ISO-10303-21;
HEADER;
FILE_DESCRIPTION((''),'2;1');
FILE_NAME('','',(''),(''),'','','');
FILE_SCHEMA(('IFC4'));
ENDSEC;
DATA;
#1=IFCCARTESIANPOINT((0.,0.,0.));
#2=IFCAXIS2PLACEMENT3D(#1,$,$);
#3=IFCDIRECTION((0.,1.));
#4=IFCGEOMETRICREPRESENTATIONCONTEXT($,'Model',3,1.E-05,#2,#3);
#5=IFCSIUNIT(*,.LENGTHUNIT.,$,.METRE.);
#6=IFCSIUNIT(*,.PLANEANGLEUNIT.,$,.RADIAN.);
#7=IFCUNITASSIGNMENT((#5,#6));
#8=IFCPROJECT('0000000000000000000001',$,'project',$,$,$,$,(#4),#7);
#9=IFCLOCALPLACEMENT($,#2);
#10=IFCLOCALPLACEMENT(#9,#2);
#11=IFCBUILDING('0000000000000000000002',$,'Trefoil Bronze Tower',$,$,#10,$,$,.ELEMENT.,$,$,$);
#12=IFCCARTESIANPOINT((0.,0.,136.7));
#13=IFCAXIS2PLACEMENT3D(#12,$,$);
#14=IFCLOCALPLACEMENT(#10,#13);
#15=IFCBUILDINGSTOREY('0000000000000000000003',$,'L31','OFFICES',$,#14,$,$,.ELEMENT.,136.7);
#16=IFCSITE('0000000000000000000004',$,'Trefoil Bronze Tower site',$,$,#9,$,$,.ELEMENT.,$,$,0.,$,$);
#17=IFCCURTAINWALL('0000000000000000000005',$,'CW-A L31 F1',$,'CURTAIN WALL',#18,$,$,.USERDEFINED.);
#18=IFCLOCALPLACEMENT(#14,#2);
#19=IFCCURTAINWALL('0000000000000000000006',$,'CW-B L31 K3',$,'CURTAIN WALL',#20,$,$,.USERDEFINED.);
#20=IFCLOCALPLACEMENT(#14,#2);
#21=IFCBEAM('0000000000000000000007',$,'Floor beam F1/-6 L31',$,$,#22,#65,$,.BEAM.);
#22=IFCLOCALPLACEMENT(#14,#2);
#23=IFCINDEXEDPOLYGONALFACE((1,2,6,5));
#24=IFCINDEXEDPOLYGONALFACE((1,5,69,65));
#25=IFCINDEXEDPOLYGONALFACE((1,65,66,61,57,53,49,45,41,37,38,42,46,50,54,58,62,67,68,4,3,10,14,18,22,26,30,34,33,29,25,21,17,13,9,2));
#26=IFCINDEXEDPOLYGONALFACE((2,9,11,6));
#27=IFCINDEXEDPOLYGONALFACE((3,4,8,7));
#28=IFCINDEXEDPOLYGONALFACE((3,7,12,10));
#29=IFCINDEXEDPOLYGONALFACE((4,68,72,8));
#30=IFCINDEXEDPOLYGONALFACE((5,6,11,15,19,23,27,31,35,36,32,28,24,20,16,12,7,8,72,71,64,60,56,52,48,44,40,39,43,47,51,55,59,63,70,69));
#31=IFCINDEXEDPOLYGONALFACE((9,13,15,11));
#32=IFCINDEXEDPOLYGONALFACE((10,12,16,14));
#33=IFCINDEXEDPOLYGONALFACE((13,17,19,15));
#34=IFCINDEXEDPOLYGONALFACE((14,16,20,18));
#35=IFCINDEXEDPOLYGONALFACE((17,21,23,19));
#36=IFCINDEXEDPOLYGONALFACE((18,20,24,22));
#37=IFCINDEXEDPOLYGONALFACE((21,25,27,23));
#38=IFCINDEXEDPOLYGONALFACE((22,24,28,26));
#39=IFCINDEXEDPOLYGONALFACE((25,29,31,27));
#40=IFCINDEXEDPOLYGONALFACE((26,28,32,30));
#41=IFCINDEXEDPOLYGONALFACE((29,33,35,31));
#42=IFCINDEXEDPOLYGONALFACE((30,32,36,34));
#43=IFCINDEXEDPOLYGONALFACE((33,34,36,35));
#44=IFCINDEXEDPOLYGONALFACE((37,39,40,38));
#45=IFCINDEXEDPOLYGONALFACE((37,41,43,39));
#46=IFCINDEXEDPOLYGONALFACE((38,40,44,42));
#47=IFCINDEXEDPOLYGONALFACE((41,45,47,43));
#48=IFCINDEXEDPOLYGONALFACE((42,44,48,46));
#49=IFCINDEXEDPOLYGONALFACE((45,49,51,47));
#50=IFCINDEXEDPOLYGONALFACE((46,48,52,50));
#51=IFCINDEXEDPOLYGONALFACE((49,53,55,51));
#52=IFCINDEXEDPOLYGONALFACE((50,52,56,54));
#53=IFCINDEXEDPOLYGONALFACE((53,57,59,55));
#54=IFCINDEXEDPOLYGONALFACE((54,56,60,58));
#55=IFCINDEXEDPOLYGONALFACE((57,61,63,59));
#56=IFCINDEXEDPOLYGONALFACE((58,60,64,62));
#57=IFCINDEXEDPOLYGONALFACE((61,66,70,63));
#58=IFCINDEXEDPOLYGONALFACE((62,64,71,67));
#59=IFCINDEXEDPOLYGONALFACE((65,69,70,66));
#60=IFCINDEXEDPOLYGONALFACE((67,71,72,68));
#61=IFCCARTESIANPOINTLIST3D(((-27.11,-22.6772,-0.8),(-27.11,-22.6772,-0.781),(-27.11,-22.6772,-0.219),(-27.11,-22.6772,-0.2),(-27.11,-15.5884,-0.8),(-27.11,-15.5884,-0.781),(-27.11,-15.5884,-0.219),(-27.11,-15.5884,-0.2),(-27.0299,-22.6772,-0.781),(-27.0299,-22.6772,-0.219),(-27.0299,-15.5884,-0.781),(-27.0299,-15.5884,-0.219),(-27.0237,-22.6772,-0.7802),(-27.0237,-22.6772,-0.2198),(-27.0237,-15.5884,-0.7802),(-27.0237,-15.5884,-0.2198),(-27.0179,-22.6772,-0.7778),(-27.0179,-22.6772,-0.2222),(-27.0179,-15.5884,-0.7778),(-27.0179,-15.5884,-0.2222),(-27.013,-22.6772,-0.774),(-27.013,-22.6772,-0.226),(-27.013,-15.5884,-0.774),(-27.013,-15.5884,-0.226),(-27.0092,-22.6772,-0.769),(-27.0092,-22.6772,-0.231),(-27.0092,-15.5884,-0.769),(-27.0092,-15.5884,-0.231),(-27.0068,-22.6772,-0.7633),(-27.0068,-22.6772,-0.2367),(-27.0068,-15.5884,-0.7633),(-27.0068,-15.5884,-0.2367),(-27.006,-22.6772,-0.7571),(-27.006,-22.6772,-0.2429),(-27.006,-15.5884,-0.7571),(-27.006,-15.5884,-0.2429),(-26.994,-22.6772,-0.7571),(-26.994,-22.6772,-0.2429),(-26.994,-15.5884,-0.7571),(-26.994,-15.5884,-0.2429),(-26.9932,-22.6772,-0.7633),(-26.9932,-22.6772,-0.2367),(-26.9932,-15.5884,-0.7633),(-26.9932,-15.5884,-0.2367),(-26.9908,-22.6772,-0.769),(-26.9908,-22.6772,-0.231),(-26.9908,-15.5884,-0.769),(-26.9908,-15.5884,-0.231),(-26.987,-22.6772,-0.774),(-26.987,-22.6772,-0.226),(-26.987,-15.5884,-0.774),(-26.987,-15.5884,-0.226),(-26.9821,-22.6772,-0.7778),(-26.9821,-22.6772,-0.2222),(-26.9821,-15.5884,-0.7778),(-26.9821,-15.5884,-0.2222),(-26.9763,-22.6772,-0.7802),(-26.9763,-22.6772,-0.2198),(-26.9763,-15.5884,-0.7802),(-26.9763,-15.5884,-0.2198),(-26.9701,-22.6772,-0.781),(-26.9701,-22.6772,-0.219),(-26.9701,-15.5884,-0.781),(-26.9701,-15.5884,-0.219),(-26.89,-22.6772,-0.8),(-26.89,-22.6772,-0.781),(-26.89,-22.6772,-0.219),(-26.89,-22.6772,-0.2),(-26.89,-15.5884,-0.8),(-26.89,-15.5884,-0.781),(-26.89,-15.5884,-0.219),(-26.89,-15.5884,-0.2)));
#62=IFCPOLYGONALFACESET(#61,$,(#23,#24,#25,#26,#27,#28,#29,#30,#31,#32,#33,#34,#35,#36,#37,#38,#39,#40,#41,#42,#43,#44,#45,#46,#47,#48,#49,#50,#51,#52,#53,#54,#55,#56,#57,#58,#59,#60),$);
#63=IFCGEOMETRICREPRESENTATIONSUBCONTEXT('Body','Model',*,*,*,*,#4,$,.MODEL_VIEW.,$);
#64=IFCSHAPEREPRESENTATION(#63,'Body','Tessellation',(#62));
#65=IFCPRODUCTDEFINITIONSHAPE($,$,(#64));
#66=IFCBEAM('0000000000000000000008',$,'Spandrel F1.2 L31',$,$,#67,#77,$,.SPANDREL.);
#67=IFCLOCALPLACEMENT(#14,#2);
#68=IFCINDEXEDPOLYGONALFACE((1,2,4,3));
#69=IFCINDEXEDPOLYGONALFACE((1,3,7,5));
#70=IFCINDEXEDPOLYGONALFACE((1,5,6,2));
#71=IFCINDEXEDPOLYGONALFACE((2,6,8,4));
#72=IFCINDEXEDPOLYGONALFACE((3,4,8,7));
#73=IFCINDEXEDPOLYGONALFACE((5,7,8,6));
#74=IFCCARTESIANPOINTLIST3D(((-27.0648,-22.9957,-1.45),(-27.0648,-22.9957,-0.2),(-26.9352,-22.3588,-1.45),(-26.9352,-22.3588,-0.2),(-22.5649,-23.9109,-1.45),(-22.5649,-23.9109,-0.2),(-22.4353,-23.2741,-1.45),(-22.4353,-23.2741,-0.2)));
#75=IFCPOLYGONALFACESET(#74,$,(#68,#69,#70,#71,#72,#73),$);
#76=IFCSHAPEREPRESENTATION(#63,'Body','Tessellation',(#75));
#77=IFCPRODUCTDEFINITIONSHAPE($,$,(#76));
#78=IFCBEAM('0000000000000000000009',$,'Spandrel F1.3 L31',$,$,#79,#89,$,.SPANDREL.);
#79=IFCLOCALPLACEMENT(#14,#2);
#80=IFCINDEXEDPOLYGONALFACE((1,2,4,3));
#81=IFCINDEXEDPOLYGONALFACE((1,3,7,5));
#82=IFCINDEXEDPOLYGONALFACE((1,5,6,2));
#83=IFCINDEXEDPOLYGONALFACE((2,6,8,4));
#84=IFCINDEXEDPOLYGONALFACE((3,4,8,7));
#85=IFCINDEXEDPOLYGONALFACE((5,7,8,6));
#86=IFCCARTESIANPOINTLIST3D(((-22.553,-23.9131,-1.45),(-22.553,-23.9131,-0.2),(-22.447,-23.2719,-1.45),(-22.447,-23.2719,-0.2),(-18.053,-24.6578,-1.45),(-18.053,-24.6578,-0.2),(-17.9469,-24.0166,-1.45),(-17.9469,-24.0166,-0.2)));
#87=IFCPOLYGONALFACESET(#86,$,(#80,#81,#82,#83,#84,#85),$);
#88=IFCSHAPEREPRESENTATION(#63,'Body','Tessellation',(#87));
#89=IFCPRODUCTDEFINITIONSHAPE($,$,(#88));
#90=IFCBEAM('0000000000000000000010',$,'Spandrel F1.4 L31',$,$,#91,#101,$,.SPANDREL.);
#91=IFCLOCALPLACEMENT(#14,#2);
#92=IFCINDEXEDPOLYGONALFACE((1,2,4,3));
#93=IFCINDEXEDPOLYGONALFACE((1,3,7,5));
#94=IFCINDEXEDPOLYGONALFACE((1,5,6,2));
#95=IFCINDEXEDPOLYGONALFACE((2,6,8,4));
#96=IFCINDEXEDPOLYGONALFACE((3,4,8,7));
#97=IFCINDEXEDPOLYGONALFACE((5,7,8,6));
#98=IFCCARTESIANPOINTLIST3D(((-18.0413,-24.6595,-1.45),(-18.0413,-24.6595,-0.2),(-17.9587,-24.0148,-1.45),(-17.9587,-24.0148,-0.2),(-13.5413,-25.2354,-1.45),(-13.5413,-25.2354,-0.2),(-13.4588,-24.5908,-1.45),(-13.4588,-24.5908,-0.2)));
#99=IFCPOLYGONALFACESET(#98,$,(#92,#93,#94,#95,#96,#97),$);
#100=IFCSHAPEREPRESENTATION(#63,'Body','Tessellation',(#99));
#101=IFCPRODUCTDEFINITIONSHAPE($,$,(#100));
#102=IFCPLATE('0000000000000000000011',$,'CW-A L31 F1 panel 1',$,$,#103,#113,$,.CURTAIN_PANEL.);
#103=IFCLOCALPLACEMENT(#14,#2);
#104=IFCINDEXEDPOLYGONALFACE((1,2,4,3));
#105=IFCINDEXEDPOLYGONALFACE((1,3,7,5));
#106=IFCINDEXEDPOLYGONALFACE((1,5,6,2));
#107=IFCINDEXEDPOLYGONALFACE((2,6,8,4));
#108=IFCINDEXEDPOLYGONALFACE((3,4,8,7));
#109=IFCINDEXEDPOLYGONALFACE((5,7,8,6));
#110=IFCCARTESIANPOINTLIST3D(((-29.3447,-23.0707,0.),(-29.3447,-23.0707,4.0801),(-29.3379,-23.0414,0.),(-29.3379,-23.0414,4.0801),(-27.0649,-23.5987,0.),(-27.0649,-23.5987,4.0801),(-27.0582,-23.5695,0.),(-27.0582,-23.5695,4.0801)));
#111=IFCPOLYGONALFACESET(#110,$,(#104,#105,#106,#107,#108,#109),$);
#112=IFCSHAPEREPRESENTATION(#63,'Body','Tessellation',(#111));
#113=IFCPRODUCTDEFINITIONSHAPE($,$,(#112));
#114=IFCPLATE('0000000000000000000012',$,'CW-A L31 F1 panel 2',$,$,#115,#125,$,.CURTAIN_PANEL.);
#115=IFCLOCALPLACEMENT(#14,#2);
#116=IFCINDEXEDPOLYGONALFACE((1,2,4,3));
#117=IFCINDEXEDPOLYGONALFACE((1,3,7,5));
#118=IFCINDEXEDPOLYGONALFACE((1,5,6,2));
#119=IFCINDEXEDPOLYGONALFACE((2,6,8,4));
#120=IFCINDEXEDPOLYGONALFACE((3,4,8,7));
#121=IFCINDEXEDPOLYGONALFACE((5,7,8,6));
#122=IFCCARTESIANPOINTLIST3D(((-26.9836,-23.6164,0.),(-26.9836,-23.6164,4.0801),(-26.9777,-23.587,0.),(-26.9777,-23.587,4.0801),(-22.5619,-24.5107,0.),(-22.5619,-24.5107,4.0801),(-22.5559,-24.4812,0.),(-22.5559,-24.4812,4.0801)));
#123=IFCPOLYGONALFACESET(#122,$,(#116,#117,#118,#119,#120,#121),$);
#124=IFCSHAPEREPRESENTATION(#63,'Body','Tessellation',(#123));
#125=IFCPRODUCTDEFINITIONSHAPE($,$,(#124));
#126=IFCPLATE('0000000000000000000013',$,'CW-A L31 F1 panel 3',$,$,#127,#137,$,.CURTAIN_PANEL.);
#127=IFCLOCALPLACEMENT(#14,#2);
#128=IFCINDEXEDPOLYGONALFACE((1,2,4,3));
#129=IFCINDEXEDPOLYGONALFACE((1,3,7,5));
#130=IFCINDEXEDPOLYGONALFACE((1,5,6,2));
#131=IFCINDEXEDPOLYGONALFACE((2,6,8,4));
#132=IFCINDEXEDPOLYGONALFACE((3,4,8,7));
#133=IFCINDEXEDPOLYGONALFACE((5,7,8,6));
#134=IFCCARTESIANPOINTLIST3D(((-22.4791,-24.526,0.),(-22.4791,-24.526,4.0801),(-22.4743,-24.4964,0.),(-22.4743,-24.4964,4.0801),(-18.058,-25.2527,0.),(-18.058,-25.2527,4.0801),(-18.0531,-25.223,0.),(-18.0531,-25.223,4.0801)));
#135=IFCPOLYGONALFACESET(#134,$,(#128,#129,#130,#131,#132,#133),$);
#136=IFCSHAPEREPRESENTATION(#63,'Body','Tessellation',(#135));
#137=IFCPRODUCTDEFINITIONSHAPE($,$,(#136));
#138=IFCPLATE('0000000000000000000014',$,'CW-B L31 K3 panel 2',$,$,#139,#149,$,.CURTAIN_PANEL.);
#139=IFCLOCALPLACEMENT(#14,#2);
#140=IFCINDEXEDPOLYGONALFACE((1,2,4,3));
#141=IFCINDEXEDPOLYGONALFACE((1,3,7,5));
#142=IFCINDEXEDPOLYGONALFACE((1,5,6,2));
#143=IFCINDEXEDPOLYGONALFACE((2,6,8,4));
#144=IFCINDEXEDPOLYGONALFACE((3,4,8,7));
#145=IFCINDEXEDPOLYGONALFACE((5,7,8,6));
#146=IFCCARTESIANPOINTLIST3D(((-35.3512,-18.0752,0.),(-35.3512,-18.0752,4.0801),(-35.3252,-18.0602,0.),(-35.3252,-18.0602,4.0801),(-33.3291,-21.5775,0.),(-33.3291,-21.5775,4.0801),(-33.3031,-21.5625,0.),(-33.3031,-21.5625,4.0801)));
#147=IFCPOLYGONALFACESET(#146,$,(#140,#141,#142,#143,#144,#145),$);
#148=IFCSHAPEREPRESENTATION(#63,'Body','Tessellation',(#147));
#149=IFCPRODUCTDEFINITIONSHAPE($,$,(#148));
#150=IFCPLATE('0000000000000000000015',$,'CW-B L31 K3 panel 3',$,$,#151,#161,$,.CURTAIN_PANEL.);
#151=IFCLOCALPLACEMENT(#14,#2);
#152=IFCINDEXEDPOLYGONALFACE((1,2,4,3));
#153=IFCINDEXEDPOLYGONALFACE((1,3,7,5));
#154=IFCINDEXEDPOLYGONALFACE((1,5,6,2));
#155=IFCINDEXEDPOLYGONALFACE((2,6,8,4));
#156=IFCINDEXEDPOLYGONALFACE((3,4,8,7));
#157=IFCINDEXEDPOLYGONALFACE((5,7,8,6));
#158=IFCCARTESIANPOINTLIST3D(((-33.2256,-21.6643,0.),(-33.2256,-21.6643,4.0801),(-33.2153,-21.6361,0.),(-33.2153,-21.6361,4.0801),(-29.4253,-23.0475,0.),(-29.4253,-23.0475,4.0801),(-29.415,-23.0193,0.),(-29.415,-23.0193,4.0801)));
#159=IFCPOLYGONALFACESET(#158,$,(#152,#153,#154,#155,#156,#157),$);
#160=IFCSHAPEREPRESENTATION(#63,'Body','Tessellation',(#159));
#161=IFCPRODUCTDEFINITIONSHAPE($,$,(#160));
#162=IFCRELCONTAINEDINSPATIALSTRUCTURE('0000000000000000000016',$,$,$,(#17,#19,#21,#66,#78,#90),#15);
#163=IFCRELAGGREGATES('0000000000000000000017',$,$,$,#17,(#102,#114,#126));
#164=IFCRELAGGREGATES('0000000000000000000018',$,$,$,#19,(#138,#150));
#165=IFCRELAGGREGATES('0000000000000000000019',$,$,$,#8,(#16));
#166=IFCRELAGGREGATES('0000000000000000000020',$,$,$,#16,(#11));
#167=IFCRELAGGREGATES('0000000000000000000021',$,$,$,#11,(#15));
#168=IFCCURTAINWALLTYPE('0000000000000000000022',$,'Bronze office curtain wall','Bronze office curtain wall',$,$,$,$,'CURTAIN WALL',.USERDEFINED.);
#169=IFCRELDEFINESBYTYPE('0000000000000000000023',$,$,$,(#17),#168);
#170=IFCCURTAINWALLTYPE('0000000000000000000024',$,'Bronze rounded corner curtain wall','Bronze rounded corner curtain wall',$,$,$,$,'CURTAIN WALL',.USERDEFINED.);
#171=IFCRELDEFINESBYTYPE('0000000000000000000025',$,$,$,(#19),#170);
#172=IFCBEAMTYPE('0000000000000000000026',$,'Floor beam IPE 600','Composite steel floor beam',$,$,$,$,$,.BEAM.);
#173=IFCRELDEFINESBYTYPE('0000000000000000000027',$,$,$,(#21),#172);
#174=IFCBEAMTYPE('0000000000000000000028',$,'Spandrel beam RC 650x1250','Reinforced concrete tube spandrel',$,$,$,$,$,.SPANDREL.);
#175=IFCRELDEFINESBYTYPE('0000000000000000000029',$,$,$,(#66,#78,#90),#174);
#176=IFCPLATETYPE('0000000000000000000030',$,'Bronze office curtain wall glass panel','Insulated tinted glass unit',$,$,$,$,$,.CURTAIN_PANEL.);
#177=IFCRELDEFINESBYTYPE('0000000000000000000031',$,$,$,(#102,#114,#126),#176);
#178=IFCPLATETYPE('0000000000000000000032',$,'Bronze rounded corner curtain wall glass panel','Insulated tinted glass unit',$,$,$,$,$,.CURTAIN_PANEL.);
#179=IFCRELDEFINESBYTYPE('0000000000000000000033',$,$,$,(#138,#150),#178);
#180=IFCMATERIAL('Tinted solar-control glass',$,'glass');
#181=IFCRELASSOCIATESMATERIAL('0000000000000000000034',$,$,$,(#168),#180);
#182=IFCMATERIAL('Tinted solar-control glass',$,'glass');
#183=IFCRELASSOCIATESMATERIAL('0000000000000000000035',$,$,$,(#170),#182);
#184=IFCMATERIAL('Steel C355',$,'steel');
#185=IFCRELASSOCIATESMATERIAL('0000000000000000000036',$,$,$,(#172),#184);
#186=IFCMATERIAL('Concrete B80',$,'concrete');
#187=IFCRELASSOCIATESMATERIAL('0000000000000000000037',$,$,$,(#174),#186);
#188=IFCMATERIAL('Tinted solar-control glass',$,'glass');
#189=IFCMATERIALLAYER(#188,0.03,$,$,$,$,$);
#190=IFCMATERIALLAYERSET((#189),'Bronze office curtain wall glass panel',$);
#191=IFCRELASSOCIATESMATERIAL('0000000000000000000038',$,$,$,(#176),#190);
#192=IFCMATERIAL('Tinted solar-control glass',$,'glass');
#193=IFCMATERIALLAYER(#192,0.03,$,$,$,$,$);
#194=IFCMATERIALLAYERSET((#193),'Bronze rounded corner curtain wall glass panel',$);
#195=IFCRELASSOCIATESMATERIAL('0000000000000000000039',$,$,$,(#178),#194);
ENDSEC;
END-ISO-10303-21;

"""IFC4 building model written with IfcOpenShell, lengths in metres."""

from ifc_helpers import new_model, si_unit, direction, frame, origin, origin_2d, place, context, subcontext, project, spatial, rectangle, i_section, extrude, material, layer, layer_set, material_profile, profile_set, type_object, element, aggregate, save


model = new_model("IFC4")

# Units and contexts
model_context = context("Model", 3, precision=1e-05, world=origin(), true_north=direction((0.0, 1.0)))
body_context = subcontext(model_context, "Body", "Model", "MODEL_VIEW")
ifc_project = project(units=[si_unit("LENGTHUNIT", "METRE"), si_unit("PLANEANGLEUNIT", "RADIAN")], contexts=[model_context])

# Site, building, storey
site_placement = place(None, origin())
site = spatial("IfcSite", under=ifc_project, at=site_placement, Name="Trefoil Bronze Tower site", CompositionType="ELEMENT", RefElevation=0.0)
building_placement = place(site_placement, origin())
building = spatial("IfcBuilding", under=site, at=building_placement, Name="Trefoil Bronze Tower", CompositionType="ELEMENT")
storey_placement = place(building_placement, frame((0.0, 0.0, 136.7)))
storey = spatial("IfcBuildingStorey", under=building, at=storey_placement, Name="L31", Description="OFFICES", CompositionType="ELEMENT", Elevation=136.7)

# Curtain walls
ifc_material_1 = material(Name="Tinted solar-control glass", Category="glass")
curtain_wall_type_1 = type_object("IfcCurtainWallType", Name="Bronze office curtain wall", Description="Bronze office curtain wall", ElementType="CURTAIN WALL", PredefinedType="USERDEFINED", material=ifc_material_1)
curtain_wall_1_placement = place(storey_placement, origin())
curtain_wall_1 = element("IfcCurtainWall", 1, at=curtain_wall_1_placement, inside=storey, type_object=curtain_wall_type_1, Name="CW-A L31 F1", ObjectType="CURTAIN WALL", PredefinedType="USERDEFINED")
ifc_material_2 = material(Name="Tinted solar-control glass", Category="glass")
curtain_wall_type_2 = type_object("IfcCurtainWallType", Name="Bronze rounded corner curtain wall", Description="Bronze rounded corner curtain wall", ElementType="CURTAIN WALL", PredefinedType="USERDEFINED", material=ifc_material_2)
curtain_wall_2_placement = place(storey_placement, origin())
curtain_wall_2 = element("IfcCurtainWall", 2, at=curtain_wall_2_placement, inside=storey, type_object=curtain_wall_type_2, Name="CW-B L31 K3", ObjectType="CURTAIN WALL", PredefinedType="USERDEFINED")

# Beams
ifc_material_3 = material(Name="Steel C355", Category="steel")
ifc_material_profile_1 = material_profile(ifc_material_3, i_section(OverallWidth=0.22, OverallDepth=0.6001, WebThickness=0.012, FlangeThickness=0.019, FilletRadius=0.0239, at=origin_2d()), Name="IPE 600")
ifc_profile_set_1 = profile_set([ifc_material_profile_1], Name="Steel C355")
beam_type_1 = type_object("IfcBeamType", Name="Floor beam IPE 600", Description="Composite steel floor beam", PredefinedType="BEAM", material=ifc_profile_set_1)
beam_1_placement = place(storey_placement, frame((-27.0, -22.6772, -0.5), z_axis=(0.0, 1.0, 0.0), x_axis=(-1.0, 0.0, 0.0)))
element("IfcBeam", 3, at=beam_1_placement, inside=storey, type_object=beam_type_1, Name="Floor beam F1/-6 L31", PredefinedType="BEAM", context=body_context, shape_type="SweptSolid", body=[
    extrude(i_section(OverallWidth=0.22, OverallDepth=0.6001, WebThickness=0.012, FlangeThickness=0.019, FilletRadius=0.0239, at=origin_2d()), origin(), (0.0, 0.0, 1.0), 7.0889),
])
ifc_material_4 = material(Name="Concrete B80", Category="concrete")
ifc_material_profile_2 = material_profile(ifc_material_4, rectangle(XDim=0.6499, YDim=1.25, at=origin_2d()), Name="RC 650x1250")
ifc_profile_set_2 = profile_set([ifc_material_profile_2], Name="Concrete B80")
beam_type_2 = type_object("IfcBeamType", Name="Spandrel beam RC 650x1250", Description="Reinforced concrete tube spandrel", PredefinedType="SPANDREL", material=ifc_profile_set_2)
beam_2_placement = place(storey_placement, frame((-27.0, -22.6772, -0.825), z_axis=(0.979935, -0.199315, 0.0), x_axis=(0.199315, 0.979935, 0.0)))
element("IfcBeam", 4, at=beam_2_placement, inside=storey, type_object=beam_type_2, Name="Spandrel F1.2 L31", PredefinedType="SPANDREL", context=body_context, shape_type="SweptSolid", body=[
    extrude(rectangle(XDim=0.6499, YDim=1.25, at=origin_2d()), origin(), (0.0, 0.0, 1.0), 4.592),
])
beam_3_placement = place(storey_placement, frame((-22.5, -23.5925, -0.825), z_axis=(0.986584, -0.163253, 0.0), x_axis=(0.163253, 0.986584, 0.0)))
element("IfcBeam", 5, at=beam_3_placement, inside=storey, type_object=beam_type_2, Name="Spandrel F1.3 L31", PredefinedType="SPANDREL", context=body_context, shape_type="SweptSolid", body=[
    extrude(rectangle(XDim=0.6499, YDim=1.25, at=origin_2d()), origin(), (0.0, 0.0, 1.0), 4.5613),
])
beam_4_placement = place(storey_placement, frame((-18.0, -24.3372, -0.825), z_axis=(0.991909, -0.126948, 0.0), x_axis=(0.126948, 0.991909, 0.0)))
element("IfcBeam", 6, at=beam_4_placement, inside=storey, type_object=beam_type_2, Name="Spandrel F1.4 L31", PredefinedType="SPANDREL", context=body_context, shape_type="SweptSolid", body=[
    extrude(rectangle(XDim=0.6499, YDim=1.25, at=origin_2d()), origin(), (0.0, 0.0, 1.0), 4.5366),
])

# Plates
ifc_material_5 = material(Name="Tinted solar-control glass", Category="glass")
ifc_layer_1 = layer(ifc_material_5, 0.03)
ifc_layer_set_1 = layer_set([ifc_layer_1], Name="Bronze office curtain wall glass panel")
plate_type_1 = type_object("IfcPlateType", Name="Bronze office curtain wall glass panel", Description="Insulated tinted glass unit", PredefinedType="CURTAIN_PANEL", material=ifc_layer_set_1)
plate_1_placement = place(storey_placement, frame((-28.2014, -23.3201, 0.0), z_axis=(0.0, 0.0, 1.0), x_axis=(0.974204, -0.225667, 0.0)))
plate_1 = element("IfcPlate", 7, at=plate_1_placement, type_object=plate_type_1, Name="CW-A L31 F1 panel 1", PredefinedType="CURTAIN_PANEL", context=body_context, shape_type="SweptSolid", body=[
    extrude(rectangle(XDim=2.3401, YDim=0.03, at=origin_2d()), origin(), (0.0, 0.0, 1.0), 4.0801),
])
plate_2_placement = place(storey_placement, frame((-24.7698, -24.0488, 0.0), z_axis=(0.0, 0.0, 1.0), x_axis=(0.980155, -0.198232, 0.0)))
plate_2 = element("IfcPlate", 8, at=plate_2_placement, type_object=plate_type_1, Name="CW-A L31 F1 panel 2", PredefinedType="CURTAIN_PANEL", context=body_context, shape_type="SweptSolid", body=[
    extrude(rectangle(XDim=4.5112, YDim=0.03, at=origin_2d()), origin(), (0.0, 0.0, 1.0), 4.0801),
])
plate_3_placement = place(storey_placement, frame((-20.2661, -24.8745, 0.0), z_axis=(0.0, 0.0, 1.0), x_axis=(0.98676, -0.162189, 0.0)))
plate_3 = element("IfcPlate", 9, at=plate_3_placement, type_object=plate_type_1, Name="CW-A L31 F1 panel 3", PredefinedType="CURTAIN_PANEL", context=body_context, shape_type="SweptSolid", body=[
    extrude(rectangle(XDim=4.4805, YDim=0.03, at=origin_2d()), origin(), (0.0, 0.0, 1.0), 4.0801),
])
aggregate(curtain_wall_1, [plate_1, plate_2, plate_3])
ifc_material_6 = material(Name="Tinted solar-control glass", Category="glass")
ifc_layer_2 = layer(ifc_material_6, 0.03)
ifc_layer_set_2 = layer_set([ifc_layer_2], Name="Bronze rounded corner curtain wall glass panel")
plate_type_2 = type_object("IfcPlateType", Name="Bronze rounded corner curtain wall glass panel", Description="Insulated tinted glass unit", PredefinedType="CURTAIN_PANEL", material=ifc_layer_set_2)
plate_4_placement = place(storey_placement, frame((-34.3271, -19.8188, 0.0), z_axis=(0.0, 0.0, 1.0), x_axis=(0.5, -0.866025, 0.0)))
plate_4 = element("IfcPlate", 10, at=plate_4_placement, type_object=plate_type_2, Name="CW-B L31 K3 panel 2", PredefinedType="CURTAIN_PANEL", context=body_context, shape_type="SweptSolid", body=[
    extrude(rectangle(XDim=4.0442, YDim=0.03, at=origin_2d()), origin(), (0.0, 0.0, 1.0), 4.0801),
])
plate_5_placement = place(storey_placement, frame((-31.3203, -22.3418, 0.0), z_axis=(0.0, 0.0, 1.0), x_axis=(0.939693, -0.34202, 0.0)))
plate_5 = element("IfcPlate", 11, at=plate_5_placement, type_object=plate_type_2, Name="CW-B L31 K3 panel 3", PredefinedType="CURTAIN_PANEL", context=body_context, shape_type="SweptSolid", body=[
    extrude(rectangle(XDim=4.0442, YDim=0.03, at=origin_2d()), origin(), (0.0, 0.0, 1.0), 4.0801),
])
aggregate(curtain_wall_2, [plate_4, plate_5])

save(model, "model.ifc")
